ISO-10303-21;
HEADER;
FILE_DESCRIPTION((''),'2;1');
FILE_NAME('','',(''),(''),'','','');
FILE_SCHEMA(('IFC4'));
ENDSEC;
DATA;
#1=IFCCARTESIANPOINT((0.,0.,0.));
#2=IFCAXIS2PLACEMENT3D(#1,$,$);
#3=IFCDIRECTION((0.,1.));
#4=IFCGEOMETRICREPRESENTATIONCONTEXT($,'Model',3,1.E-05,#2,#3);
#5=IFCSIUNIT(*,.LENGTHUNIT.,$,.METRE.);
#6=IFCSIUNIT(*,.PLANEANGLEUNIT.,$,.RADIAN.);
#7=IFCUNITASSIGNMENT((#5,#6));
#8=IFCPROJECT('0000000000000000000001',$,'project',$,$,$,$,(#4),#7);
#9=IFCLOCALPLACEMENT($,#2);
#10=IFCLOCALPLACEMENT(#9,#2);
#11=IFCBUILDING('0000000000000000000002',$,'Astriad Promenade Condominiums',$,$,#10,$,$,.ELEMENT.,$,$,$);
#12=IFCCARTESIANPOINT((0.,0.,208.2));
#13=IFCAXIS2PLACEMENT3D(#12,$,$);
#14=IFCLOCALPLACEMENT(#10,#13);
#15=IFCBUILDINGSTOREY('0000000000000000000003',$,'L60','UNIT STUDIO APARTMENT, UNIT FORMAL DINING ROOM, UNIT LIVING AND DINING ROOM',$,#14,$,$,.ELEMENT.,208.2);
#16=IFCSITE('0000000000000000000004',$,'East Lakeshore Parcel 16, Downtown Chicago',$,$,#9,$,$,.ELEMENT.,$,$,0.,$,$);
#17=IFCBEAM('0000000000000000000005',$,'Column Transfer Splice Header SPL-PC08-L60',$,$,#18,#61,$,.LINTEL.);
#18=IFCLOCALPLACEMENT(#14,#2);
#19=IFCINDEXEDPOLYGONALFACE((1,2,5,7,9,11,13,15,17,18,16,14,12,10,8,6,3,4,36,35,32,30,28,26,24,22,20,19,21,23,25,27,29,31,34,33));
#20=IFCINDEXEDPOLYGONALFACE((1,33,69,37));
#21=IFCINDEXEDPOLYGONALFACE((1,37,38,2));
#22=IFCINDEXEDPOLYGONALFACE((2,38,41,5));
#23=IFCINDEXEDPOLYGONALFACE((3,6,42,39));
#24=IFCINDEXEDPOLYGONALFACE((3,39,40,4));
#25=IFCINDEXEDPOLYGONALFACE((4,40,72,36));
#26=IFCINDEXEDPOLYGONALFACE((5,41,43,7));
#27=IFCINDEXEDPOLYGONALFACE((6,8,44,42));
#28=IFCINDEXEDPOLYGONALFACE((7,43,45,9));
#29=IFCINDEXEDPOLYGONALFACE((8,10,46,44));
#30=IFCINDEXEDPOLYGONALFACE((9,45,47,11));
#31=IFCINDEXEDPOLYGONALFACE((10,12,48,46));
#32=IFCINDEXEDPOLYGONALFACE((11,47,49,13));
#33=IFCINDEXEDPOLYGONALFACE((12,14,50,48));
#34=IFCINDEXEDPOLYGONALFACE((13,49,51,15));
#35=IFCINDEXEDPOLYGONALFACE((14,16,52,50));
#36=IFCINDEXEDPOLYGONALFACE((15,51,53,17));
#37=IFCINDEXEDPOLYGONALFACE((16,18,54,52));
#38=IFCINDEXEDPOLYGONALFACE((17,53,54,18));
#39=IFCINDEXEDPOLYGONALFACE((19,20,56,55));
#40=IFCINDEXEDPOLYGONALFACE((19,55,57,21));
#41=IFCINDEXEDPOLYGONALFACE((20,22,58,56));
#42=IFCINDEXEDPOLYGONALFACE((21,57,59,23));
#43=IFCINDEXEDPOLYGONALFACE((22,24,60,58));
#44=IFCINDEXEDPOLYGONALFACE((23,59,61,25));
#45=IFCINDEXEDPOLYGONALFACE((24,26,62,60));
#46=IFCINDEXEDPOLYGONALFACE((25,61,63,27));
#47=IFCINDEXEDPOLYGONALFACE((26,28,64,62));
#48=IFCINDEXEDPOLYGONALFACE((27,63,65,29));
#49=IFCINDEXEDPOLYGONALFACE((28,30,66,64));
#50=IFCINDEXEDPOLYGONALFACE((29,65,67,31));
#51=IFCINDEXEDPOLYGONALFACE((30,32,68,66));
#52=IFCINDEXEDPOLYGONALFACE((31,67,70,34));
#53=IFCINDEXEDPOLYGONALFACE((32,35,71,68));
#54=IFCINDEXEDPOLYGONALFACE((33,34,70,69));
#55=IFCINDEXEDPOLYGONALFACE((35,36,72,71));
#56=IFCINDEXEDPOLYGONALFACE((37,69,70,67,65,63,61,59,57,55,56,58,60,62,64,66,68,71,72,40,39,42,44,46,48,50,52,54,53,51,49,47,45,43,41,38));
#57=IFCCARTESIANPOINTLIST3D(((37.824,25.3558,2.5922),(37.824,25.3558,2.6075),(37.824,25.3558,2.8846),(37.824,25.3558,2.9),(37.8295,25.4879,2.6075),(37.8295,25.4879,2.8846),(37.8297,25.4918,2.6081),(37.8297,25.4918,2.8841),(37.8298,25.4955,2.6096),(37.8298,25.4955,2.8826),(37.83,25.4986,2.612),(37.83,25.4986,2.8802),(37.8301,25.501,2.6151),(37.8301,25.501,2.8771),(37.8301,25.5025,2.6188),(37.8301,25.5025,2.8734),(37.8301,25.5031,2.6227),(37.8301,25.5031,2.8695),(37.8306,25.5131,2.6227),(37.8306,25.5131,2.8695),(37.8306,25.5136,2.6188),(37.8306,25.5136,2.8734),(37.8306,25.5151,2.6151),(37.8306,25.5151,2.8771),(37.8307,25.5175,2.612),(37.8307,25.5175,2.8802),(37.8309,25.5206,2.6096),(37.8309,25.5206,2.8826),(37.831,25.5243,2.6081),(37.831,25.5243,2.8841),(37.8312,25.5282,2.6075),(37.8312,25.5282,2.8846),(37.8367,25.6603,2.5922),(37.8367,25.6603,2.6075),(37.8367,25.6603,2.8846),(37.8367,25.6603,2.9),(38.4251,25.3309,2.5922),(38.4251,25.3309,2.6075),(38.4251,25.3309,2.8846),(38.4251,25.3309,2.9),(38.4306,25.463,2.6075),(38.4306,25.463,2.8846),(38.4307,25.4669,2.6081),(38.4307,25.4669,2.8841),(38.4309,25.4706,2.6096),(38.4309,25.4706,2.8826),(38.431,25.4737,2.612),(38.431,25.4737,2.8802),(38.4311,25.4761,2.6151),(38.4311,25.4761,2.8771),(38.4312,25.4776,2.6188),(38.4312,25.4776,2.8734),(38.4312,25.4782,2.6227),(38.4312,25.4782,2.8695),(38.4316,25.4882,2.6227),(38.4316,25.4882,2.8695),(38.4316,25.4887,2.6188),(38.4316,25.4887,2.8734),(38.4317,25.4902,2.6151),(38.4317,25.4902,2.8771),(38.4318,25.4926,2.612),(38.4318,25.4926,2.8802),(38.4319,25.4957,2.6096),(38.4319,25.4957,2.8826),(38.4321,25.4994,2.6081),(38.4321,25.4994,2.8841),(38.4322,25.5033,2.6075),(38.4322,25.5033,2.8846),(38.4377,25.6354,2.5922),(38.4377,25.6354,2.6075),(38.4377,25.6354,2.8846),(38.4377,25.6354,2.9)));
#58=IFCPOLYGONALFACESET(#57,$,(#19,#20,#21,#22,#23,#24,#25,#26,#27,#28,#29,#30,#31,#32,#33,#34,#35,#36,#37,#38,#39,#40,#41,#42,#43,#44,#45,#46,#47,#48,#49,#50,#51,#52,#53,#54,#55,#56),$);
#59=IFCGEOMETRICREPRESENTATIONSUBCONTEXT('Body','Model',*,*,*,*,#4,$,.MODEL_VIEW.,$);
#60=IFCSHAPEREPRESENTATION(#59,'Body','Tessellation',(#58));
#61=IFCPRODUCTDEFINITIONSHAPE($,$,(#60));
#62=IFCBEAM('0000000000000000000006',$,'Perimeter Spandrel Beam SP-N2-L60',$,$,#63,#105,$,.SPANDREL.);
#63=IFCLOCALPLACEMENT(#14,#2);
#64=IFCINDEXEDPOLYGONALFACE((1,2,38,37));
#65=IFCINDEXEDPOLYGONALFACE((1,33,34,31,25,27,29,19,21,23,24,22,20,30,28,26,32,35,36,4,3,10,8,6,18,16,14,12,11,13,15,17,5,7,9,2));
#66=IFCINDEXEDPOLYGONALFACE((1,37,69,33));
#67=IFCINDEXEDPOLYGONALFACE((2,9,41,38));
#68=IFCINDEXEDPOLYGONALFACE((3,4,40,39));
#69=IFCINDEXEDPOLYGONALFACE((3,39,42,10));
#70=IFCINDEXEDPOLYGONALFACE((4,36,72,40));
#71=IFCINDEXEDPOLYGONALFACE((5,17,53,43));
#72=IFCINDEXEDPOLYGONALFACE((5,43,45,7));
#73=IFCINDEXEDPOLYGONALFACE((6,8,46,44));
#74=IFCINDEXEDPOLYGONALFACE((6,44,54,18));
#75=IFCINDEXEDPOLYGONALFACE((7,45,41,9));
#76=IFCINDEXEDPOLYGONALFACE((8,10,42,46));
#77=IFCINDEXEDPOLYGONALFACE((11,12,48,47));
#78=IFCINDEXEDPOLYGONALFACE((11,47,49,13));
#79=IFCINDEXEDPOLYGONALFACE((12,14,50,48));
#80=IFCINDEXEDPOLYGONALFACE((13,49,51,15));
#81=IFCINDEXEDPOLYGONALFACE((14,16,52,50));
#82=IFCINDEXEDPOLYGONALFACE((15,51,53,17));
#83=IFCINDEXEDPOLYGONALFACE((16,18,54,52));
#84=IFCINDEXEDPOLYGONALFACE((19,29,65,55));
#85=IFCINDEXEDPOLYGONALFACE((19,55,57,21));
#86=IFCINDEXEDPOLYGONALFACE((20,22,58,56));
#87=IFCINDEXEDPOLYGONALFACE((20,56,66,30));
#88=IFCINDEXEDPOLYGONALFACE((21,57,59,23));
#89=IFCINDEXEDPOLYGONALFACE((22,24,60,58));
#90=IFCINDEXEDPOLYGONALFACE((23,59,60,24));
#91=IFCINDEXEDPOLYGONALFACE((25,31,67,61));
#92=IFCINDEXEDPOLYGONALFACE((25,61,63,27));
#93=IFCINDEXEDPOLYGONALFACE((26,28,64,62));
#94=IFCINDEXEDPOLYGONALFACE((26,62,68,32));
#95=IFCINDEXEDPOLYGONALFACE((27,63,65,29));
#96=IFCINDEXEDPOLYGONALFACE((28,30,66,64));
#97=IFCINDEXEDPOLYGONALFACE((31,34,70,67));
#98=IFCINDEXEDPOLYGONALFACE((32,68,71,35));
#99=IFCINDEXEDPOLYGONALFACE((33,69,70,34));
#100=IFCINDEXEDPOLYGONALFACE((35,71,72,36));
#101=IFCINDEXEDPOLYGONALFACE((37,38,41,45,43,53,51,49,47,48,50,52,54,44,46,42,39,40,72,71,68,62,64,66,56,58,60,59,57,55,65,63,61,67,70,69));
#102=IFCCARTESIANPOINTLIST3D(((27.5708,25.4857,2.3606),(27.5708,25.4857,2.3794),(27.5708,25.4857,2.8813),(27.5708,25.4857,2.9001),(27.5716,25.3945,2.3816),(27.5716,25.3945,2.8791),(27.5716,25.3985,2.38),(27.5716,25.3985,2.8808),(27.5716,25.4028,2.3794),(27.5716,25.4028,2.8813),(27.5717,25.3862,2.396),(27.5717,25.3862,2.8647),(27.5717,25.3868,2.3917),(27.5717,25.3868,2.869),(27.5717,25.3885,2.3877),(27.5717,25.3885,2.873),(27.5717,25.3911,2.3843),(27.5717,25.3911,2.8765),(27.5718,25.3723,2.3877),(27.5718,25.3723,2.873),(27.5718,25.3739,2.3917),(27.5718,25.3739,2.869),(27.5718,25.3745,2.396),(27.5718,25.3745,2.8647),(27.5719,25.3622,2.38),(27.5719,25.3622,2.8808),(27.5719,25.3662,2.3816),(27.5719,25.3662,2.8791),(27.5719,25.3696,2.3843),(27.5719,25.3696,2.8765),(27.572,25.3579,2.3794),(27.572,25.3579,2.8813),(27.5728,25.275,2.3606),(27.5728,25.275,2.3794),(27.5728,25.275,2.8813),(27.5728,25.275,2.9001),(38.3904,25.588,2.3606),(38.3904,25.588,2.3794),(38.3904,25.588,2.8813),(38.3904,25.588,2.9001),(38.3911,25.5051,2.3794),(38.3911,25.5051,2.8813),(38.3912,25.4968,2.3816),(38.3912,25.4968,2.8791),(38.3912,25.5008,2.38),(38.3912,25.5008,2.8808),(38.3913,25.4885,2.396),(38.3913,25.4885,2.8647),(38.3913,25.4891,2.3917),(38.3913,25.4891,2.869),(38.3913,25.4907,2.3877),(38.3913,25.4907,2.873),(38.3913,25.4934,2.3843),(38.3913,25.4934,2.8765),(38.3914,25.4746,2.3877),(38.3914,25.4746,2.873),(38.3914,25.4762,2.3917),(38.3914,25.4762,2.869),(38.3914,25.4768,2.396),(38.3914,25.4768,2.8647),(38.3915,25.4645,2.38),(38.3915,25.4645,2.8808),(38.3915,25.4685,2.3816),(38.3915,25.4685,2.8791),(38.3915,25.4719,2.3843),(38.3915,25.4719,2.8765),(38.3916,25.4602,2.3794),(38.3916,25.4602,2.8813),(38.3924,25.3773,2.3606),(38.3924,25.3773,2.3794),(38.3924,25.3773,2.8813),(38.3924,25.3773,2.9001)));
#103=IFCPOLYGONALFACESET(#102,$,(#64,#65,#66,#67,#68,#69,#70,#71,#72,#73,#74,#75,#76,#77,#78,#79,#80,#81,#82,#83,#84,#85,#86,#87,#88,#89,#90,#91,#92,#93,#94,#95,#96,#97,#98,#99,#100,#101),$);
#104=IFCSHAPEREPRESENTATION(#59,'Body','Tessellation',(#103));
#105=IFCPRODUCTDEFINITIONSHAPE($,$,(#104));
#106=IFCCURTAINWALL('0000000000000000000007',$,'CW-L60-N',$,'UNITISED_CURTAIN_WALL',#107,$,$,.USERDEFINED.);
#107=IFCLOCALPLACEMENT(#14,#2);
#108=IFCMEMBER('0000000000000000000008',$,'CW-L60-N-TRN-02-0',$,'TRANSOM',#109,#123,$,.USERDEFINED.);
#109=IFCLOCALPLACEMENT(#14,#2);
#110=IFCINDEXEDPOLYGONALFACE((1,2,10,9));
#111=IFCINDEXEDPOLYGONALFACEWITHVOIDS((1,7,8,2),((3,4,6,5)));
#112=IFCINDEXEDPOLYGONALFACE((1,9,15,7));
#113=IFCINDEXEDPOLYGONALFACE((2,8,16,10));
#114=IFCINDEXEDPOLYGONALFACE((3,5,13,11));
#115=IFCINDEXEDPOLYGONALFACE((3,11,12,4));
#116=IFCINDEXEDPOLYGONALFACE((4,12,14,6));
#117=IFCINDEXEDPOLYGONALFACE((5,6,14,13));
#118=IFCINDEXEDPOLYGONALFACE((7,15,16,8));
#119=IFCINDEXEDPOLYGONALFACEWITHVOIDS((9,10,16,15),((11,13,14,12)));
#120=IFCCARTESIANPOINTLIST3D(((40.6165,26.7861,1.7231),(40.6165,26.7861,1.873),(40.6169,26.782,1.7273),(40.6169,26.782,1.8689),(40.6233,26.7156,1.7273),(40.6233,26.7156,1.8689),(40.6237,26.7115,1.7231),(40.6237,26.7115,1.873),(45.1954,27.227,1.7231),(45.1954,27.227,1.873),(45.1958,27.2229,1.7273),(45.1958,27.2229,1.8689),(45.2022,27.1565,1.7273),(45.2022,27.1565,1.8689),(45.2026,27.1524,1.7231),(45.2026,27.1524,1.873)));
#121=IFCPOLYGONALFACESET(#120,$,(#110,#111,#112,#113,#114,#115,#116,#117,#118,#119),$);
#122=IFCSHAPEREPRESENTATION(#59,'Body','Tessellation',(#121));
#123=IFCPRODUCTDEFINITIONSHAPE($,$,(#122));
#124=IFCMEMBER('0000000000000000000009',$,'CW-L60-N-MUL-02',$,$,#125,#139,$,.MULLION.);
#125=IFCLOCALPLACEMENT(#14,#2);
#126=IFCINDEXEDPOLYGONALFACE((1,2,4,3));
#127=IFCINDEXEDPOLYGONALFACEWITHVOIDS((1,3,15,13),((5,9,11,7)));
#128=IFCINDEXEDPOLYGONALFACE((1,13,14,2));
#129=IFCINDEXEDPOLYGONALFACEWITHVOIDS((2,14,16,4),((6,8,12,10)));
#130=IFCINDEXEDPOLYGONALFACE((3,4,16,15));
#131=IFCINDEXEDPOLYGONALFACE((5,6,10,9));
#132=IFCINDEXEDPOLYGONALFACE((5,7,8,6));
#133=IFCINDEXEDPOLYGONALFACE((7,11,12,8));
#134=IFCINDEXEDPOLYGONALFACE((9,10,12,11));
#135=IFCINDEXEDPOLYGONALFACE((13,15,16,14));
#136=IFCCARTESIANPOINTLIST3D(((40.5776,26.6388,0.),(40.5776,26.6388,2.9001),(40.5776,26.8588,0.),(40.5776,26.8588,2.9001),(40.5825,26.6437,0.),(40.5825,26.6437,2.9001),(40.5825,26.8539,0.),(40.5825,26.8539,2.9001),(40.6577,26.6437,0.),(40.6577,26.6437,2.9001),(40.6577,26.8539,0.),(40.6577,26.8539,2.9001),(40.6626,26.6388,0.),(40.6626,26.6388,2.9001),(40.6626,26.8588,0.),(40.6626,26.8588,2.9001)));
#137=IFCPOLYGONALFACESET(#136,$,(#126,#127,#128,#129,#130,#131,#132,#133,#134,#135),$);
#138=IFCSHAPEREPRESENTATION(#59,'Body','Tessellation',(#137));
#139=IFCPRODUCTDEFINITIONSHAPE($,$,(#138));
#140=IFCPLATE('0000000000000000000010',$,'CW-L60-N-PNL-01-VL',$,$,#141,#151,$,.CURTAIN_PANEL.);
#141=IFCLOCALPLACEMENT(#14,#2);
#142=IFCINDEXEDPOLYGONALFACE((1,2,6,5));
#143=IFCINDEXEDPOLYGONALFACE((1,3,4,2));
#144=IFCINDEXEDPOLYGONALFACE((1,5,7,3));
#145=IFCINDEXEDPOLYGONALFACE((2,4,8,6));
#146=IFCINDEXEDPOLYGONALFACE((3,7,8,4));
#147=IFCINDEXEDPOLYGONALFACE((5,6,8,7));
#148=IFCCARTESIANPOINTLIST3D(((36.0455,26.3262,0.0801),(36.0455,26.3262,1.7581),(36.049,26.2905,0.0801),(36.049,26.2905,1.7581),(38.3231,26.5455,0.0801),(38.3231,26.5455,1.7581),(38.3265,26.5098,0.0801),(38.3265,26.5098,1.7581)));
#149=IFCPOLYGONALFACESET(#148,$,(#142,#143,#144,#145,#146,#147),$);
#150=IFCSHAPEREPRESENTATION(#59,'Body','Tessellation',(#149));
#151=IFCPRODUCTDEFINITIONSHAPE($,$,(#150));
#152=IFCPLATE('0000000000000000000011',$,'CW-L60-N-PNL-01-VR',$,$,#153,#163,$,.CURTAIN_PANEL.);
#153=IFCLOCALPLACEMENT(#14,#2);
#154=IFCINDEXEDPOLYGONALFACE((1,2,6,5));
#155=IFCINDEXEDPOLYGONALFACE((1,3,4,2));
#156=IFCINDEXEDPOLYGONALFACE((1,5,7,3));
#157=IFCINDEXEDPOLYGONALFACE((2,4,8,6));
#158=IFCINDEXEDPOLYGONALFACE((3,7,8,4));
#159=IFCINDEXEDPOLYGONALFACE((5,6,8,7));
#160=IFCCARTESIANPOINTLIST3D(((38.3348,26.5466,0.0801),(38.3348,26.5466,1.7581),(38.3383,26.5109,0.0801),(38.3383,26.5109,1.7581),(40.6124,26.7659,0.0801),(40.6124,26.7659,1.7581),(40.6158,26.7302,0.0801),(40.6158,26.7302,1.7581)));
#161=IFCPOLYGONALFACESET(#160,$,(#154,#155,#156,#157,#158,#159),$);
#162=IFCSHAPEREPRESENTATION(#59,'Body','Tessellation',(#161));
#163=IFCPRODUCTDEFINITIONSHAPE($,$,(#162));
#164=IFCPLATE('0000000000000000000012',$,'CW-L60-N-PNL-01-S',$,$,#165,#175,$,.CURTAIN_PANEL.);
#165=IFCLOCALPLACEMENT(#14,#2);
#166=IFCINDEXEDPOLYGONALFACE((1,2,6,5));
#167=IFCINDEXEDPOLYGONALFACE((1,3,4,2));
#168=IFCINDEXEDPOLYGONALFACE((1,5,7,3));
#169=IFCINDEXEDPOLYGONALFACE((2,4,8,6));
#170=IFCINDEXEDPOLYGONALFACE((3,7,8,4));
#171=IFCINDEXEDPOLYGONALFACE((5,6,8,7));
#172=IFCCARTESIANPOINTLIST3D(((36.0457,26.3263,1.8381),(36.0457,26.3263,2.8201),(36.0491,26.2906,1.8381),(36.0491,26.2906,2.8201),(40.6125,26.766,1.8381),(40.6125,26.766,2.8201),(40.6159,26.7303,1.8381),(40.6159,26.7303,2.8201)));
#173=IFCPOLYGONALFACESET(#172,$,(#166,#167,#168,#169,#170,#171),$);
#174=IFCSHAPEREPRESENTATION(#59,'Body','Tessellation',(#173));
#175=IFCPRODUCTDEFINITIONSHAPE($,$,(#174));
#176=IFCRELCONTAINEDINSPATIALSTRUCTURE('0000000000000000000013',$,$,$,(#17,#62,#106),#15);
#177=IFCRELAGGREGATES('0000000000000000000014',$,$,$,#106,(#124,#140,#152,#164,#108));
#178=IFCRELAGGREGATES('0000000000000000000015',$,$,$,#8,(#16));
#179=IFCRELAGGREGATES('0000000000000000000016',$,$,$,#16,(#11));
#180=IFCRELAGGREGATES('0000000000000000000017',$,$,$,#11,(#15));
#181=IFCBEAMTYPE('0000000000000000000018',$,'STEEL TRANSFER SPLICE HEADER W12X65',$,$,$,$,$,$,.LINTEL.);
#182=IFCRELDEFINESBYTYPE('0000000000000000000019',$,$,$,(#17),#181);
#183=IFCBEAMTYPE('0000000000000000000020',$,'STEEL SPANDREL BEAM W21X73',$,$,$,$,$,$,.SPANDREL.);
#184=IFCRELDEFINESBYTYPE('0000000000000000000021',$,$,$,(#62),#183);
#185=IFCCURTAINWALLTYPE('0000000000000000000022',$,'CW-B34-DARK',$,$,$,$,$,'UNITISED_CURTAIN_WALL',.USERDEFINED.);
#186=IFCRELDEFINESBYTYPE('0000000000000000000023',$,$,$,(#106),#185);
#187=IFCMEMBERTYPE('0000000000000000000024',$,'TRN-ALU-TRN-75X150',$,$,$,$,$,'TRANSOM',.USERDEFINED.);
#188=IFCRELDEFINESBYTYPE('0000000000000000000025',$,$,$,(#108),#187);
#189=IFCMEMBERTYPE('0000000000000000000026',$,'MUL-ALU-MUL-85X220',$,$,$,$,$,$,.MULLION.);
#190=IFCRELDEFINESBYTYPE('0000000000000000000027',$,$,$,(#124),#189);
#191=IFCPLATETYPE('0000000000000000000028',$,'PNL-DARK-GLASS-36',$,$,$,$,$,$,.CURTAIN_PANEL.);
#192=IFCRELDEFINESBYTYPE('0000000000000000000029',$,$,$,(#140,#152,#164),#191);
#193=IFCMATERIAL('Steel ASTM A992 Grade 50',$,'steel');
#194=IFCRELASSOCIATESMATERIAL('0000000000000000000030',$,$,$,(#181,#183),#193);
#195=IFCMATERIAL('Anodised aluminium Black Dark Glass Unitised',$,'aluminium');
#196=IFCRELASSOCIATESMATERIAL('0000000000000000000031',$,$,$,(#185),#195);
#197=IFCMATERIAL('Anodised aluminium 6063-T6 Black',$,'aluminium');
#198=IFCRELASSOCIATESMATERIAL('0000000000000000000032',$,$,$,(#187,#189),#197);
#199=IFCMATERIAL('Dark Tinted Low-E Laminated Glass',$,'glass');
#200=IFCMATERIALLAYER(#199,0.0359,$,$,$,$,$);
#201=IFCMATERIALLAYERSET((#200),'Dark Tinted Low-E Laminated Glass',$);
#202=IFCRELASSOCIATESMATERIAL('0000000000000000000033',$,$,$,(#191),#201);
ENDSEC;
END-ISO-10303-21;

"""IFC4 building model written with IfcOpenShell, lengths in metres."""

from ifc_helpers import new_model, si_unit, direction, frame, origin, origin_2d, place, context, subcontext, project, spatial, rectangle, hollow_rectangle, i_section, extrude, source, transform, mapped, material, layer, layer_set, material_profile, profile_set, type_object, type_shapes, element, aggregate, save


model = new_model("IFC4")

# Units and contexts
model_context = context("Model", 3, precision=1e-05, world=origin(), true_north=direction((0.0, 1.0)))
body_context = subcontext(model_context, "Body", "Model", "MODEL_VIEW")
ifc_project = project(units=[si_unit("LENGTHUNIT", "METRE"), si_unit("PLANEANGLEUNIT", "RADIAN")], contexts=[model_context])

# Site, building, storey
site_placement = place(None, origin())
site = spatial("IfcSite", under=ifc_project, at=site_placement, Name="East Lakeshore Parcel 16, Downtown Chicago", CompositionType="ELEMENT", RefElevation=0.0)
building_placement = place(site_placement, origin())
building = spatial("IfcBuilding", under=site, at=building_placement, Name="Astriad Promenade Condominiums", CompositionType="ELEMENT")
storey_placement = place(building_placement, frame((0.0, 0.0, 208.2)))
storey = spatial("IfcBuildingStorey", under=building, at=storey_placement, Name="L60", Description="UNIT STUDIO APARTMENT, UNIT FORMAL DINING ROOM, UNIT LIVING AND DINING ROOM", CompositionType="ELEMENT", Elevation=208.2)

# Shared definitions
ifc_material_1 = material(Name="Steel ASTM A992 Grade 50", Category="steel")

# Beams
ifc_material_profile_1 = material_profile(ifc_material_1, i_section(OverallWidth=0.3047, OverallDepth=0.3079, WebThickness=0.01, FlangeThickness=0.0154, FilletRadius=0.0151, at=origin_2d()), Name="W12X65")
ifc_profile_set_1 = profile_set([ifc_material_profile_1], Name="Steel ASTM A992 Grade 50")
beam_type_1 = type_object("IfcBeamType", Name="STEEL TRANSFER SPLICE HEADER W12X65", PredefinedType="LINTEL", material=ifc_profile_set_1)
shared_shape_1 = source(origin(), body_context, "Body", "SweptSolid", [
    extrude(i_section(OverallWidth=0.3047, OverallDepth=0.3079, WebThickness=0.01, FlangeThickness=0.0154, FilletRadius=0.0151, at=origin_2d()), origin(), (0.0, 0.0, 1.0), 0.6016),
])
type_shapes(beam_type_1, [shared_shape_1])
beam_1_placement = place(storey_placement, frame((38.4314, 25.4832, 2.7461), z_axis=(-0.999143, 0.041394, 0.0), x_axis=(-0.041394, -0.999143, 0.0)))
element("IfcBeam", 1, at=beam_1_placement, inside=storey, type_object=beam_type_1, Name="Column Transfer Splice Header SPL-PC08-L60", PredefinedType="LINTEL", context=body_context, shape_type="MappedRepresentation", body=[
    mapped(shared_shape_1, transform((0.0, 0.0, 0.0), scale=1.0)),
])
ifc_material_profile_2 = material_profile(ifc_material_1, i_section(OverallWidth=0.2107, OverallDepth=0.5396, WebThickness=0.0117, FlangeThickness=0.0188, FilletRadius=0.0166, at=origin_2d()), Name="W21X73")
ifc_profile_set_2 = profile_set([ifc_material_profile_2], Name="Steel ASTM A992 Grade 50")
beam_type_2 = type_object("IfcBeamType", Name="STEEL SPANDREL BEAM W21X73", PredefinedType="SPANDREL", material=ifc_profile_set_2)
shared_shape_2 = source(origin(), body_context, "Body", "SweptSolid", [
    extrude(i_section(OverallWidth=0.2107, OverallDepth=0.5396, WebThickness=0.0117, FlangeThickness=0.0188, FilletRadius=0.0166, at=origin_2d()), origin(), (0.0, 0.0, 1.0), 10.8201),
])
type_shapes(beam_type_2, [shared_shape_2])
beam_2_placement = place(storey_placement, frame((38.3914, 25.4827, 2.6304), z_axis=(-0.999955, -0.009454, 0.0), x_axis=(0.009454, -0.999955, 0.0)))
element("IfcBeam", 2, at=beam_2_placement, inside=storey, type_object=beam_type_2, Name="Perimeter Spandrel Beam SP-N2-L60", PredefinedType="SPANDREL", context=body_context, shape_type="MappedRepresentation", body=[
    mapped(shared_shape_2, transform((0.0, 0.0, 0.0), scale=1.0)),
])

# Curtain wall, members, plates
ifc_material_2 = material(Name="Anodised aluminium Black Dark Glass Unitised", Category="aluminium")
curtain_wall_type = type_object("IfcCurtainWallType", Name="CW-B34-DARK", ElementType="UNITISED_CURTAIN_WALL", PredefinedType="USERDEFINED", material=ifc_material_2)
curtain_wall_placement = place(storey_placement, origin())
curtain_wall = element("IfcCurtainWall", 3, at=curtain_wall_placement, inside=storey, type_object=curtain_wall_type, Name="CW-L60-N", ObjectType="UNITISED_CURTAIN_WALL", PredefinedType="USERDEFINED")
ifc_material_3 = material(Name="Anodised aluminium 6063-T6 Black", Category="aluminium")
ifc_material_profile_3 = material_profile(ifc_material_3, hollow_rectangle(XDim=0.075, YDim=0.1499, WallThickness=0.0042, at=origin_2d()), Name="ALU-TRN-75X150")
ifc_profile_set_3 = profile_set([ifc_material_profile_3], Name="Anodised aluminium 6063-T6 Black")
member_type_1 = type_object("IfcMemberType", Name="TRN-ALU-TRN-75X150", ElementType="TRANSOM", PredefinedType="USERDEFINED", material=ifc_profile_set_3)
shared_shape_3 = source(origin(), body_context, "Body", "SweptSolid", [
    extrude(hollow_rectangle(XDim=0.075, YDim=0.1499, WallThickness=0.0042, at=origin_2d()), origin(), (0.0, 0.0, 1.0), 4.6001),
])
type_shapes(member_type_1, [shared_shape_3])
member_1_placement = place(storey_placement, frame((40.6201, 26.7488, 1.7981), z_axis=(0.995396, 0.095851, 0.0), x_axis=(-0.095851, 0.995396, 0.0)))
member_1 = element("IfcMember", 4, at=member_1_placement, type_object=member_type_1, Name="CW-L60-N-TRN-02-0", ObjectType="TRANSOM", PredefinedType="USERDEFINED", context=body_context, shape_type="MappedRepresentation", body=[
    mapped(shared_shape_3, transform((0.0, 0.0, 0.0), scale=1.0)),
])
ifc_material_profile_4 = material_profile(ifc_material_3, hollow_rectangle(XDim=0.085, YDim=0.22, WallThickness=0.0049, at=origin_2d()), Name="ALU-MUL-85X220")
ifc_profile_set_4 = profile_set([ifc_material_profile_4], Name="Anodised aluminium 6063-T6 Black")
member_type_2 = type_object("IfcMemberType", Name="MUL-ALU-MUL-85X220", PredefinedType="MULLION", material=ifc_profile_set_4)
shared_shape_4 = source(origin(), body_context, "Body", "SweptSolid", [
    extrude(hollow_rectangle(XDim=0.085, YDim=0.22, WallThickness=0.0049, at=origin_2d()), origin(), (0.0, 0.0, 1.0), 2.9001),
])
type_shapes(member_type_2, [shared_shape_4])
member_2_placement = place(storey_placement, frame((40.6201, 26.7488, 0.0), z_axis=(0.0, 0.0, 1.0), x_axis=(1.0, 0.0, 0.0)))
member_2 = element("IfcMember", 5, at=member_2_placement, type_object=member_type_2, Name="CW-L60-N-MUL-02", PredefinedType="MULLION", context=body_context, shape_type="MappedRepresentation", body=[
    mapped(shared_shape_4, transform((0.0, 0.0, 0.0), scale=1.0)),
])
ifc_material_4 = material(Name="Dark Tinted Low-E Laminated Glass", Category="glass")
ifc_layer_1 = layer(ifc_material_4, 0.0359)
ifc_layer_set_1 = layer_set([ifc_layer_1], Name="Dark Tinted Low-E Laminated Glass")
plate_type = type_object("IfcPlateType", Name="PNL-DARK-GLASS-36", PredefinedType="CURTAIN_PANEL", material=ifc_layer_set_1)
shared_shape_5 = source(origin(), body_context, "Body", "SweptSolid", [
    extrude(rectangle(XDim=2.2881, YDim=0.0359, at=origin_2d()), origin(), (0.0, 0.0, 1.0), 1.678),
])
plate_1_placement = place(storey_placement, frame((37.186, 26.418, 0.0801), z_axis=(0.0, 0.0, 1.0), x_axis=(0.995396, 0.095846, 0.0)))
plate_1 = element("IfcPlate", 6, at=plate_1_placement, type_object=plate_type, Name="CW-L60-N-PNL-01-VL", PredefinedType="CURTAIN_PANEL", context=body_context, shape_type="MappedRepresentation", body=[
    mapped(shared_shape_5, transform((0.0, 0.0, 0.0), scale=1.0)),
])
plate_2_placement = place(storey_placement, frame((39.4753, 26.6384, 0.0801), z_axis=(0.0, 0.0, 1.0), x_axis=(0.995396, 0.095846, 0.0)))
plate_2 = element("IfcPlate", 7, at=plate_2_placement, type_object=plate_type, Name="CW-L60-N-PNL-01-VR", PredefinedType="CURTAIN_PANEL", context=body_context, shape_type="MappedRepresentation", body=[
    mapped(shared_shape_5, transform((0.0, 0.0, 0.0), scale=1.0)),
])
shared_shape_6 = source(origin(), body_context, "Body", "SweptSolid", [
    extrude(rectangle(XDim=4.5879, YDim=0.0359, at=origin_2d()), origin(), (0.0, 0.0, 1.0), 0.9819),
])
type_shapes(plate_type, [shared_shape_5, shared_shape_6])
plate_3_placement = place(storey_placement, frame((38.3308, 26.5283, 1.8381), z_axis=(0.0, 0.0, 1.0), x_axis=(0.995396, 0.095846, 0.0)))
plate_3 = element("IfcPlate", 8, at=plate_3_placement, type_object=plate_type, Name="CW-L60-N-PNL-01-S", PredefinedType="CURTAIN_PANEL", context=body_context, shape_type="MappedRepresentation", body=[
    mapped(shared_shape_6, transform((0.0, 0.0, 0.0), scale=1.0)),
])
aggregate(curtain_wall, [member_2, plate_1, plate_2, plate_3, member_1])

save(model, "model.ifc")
